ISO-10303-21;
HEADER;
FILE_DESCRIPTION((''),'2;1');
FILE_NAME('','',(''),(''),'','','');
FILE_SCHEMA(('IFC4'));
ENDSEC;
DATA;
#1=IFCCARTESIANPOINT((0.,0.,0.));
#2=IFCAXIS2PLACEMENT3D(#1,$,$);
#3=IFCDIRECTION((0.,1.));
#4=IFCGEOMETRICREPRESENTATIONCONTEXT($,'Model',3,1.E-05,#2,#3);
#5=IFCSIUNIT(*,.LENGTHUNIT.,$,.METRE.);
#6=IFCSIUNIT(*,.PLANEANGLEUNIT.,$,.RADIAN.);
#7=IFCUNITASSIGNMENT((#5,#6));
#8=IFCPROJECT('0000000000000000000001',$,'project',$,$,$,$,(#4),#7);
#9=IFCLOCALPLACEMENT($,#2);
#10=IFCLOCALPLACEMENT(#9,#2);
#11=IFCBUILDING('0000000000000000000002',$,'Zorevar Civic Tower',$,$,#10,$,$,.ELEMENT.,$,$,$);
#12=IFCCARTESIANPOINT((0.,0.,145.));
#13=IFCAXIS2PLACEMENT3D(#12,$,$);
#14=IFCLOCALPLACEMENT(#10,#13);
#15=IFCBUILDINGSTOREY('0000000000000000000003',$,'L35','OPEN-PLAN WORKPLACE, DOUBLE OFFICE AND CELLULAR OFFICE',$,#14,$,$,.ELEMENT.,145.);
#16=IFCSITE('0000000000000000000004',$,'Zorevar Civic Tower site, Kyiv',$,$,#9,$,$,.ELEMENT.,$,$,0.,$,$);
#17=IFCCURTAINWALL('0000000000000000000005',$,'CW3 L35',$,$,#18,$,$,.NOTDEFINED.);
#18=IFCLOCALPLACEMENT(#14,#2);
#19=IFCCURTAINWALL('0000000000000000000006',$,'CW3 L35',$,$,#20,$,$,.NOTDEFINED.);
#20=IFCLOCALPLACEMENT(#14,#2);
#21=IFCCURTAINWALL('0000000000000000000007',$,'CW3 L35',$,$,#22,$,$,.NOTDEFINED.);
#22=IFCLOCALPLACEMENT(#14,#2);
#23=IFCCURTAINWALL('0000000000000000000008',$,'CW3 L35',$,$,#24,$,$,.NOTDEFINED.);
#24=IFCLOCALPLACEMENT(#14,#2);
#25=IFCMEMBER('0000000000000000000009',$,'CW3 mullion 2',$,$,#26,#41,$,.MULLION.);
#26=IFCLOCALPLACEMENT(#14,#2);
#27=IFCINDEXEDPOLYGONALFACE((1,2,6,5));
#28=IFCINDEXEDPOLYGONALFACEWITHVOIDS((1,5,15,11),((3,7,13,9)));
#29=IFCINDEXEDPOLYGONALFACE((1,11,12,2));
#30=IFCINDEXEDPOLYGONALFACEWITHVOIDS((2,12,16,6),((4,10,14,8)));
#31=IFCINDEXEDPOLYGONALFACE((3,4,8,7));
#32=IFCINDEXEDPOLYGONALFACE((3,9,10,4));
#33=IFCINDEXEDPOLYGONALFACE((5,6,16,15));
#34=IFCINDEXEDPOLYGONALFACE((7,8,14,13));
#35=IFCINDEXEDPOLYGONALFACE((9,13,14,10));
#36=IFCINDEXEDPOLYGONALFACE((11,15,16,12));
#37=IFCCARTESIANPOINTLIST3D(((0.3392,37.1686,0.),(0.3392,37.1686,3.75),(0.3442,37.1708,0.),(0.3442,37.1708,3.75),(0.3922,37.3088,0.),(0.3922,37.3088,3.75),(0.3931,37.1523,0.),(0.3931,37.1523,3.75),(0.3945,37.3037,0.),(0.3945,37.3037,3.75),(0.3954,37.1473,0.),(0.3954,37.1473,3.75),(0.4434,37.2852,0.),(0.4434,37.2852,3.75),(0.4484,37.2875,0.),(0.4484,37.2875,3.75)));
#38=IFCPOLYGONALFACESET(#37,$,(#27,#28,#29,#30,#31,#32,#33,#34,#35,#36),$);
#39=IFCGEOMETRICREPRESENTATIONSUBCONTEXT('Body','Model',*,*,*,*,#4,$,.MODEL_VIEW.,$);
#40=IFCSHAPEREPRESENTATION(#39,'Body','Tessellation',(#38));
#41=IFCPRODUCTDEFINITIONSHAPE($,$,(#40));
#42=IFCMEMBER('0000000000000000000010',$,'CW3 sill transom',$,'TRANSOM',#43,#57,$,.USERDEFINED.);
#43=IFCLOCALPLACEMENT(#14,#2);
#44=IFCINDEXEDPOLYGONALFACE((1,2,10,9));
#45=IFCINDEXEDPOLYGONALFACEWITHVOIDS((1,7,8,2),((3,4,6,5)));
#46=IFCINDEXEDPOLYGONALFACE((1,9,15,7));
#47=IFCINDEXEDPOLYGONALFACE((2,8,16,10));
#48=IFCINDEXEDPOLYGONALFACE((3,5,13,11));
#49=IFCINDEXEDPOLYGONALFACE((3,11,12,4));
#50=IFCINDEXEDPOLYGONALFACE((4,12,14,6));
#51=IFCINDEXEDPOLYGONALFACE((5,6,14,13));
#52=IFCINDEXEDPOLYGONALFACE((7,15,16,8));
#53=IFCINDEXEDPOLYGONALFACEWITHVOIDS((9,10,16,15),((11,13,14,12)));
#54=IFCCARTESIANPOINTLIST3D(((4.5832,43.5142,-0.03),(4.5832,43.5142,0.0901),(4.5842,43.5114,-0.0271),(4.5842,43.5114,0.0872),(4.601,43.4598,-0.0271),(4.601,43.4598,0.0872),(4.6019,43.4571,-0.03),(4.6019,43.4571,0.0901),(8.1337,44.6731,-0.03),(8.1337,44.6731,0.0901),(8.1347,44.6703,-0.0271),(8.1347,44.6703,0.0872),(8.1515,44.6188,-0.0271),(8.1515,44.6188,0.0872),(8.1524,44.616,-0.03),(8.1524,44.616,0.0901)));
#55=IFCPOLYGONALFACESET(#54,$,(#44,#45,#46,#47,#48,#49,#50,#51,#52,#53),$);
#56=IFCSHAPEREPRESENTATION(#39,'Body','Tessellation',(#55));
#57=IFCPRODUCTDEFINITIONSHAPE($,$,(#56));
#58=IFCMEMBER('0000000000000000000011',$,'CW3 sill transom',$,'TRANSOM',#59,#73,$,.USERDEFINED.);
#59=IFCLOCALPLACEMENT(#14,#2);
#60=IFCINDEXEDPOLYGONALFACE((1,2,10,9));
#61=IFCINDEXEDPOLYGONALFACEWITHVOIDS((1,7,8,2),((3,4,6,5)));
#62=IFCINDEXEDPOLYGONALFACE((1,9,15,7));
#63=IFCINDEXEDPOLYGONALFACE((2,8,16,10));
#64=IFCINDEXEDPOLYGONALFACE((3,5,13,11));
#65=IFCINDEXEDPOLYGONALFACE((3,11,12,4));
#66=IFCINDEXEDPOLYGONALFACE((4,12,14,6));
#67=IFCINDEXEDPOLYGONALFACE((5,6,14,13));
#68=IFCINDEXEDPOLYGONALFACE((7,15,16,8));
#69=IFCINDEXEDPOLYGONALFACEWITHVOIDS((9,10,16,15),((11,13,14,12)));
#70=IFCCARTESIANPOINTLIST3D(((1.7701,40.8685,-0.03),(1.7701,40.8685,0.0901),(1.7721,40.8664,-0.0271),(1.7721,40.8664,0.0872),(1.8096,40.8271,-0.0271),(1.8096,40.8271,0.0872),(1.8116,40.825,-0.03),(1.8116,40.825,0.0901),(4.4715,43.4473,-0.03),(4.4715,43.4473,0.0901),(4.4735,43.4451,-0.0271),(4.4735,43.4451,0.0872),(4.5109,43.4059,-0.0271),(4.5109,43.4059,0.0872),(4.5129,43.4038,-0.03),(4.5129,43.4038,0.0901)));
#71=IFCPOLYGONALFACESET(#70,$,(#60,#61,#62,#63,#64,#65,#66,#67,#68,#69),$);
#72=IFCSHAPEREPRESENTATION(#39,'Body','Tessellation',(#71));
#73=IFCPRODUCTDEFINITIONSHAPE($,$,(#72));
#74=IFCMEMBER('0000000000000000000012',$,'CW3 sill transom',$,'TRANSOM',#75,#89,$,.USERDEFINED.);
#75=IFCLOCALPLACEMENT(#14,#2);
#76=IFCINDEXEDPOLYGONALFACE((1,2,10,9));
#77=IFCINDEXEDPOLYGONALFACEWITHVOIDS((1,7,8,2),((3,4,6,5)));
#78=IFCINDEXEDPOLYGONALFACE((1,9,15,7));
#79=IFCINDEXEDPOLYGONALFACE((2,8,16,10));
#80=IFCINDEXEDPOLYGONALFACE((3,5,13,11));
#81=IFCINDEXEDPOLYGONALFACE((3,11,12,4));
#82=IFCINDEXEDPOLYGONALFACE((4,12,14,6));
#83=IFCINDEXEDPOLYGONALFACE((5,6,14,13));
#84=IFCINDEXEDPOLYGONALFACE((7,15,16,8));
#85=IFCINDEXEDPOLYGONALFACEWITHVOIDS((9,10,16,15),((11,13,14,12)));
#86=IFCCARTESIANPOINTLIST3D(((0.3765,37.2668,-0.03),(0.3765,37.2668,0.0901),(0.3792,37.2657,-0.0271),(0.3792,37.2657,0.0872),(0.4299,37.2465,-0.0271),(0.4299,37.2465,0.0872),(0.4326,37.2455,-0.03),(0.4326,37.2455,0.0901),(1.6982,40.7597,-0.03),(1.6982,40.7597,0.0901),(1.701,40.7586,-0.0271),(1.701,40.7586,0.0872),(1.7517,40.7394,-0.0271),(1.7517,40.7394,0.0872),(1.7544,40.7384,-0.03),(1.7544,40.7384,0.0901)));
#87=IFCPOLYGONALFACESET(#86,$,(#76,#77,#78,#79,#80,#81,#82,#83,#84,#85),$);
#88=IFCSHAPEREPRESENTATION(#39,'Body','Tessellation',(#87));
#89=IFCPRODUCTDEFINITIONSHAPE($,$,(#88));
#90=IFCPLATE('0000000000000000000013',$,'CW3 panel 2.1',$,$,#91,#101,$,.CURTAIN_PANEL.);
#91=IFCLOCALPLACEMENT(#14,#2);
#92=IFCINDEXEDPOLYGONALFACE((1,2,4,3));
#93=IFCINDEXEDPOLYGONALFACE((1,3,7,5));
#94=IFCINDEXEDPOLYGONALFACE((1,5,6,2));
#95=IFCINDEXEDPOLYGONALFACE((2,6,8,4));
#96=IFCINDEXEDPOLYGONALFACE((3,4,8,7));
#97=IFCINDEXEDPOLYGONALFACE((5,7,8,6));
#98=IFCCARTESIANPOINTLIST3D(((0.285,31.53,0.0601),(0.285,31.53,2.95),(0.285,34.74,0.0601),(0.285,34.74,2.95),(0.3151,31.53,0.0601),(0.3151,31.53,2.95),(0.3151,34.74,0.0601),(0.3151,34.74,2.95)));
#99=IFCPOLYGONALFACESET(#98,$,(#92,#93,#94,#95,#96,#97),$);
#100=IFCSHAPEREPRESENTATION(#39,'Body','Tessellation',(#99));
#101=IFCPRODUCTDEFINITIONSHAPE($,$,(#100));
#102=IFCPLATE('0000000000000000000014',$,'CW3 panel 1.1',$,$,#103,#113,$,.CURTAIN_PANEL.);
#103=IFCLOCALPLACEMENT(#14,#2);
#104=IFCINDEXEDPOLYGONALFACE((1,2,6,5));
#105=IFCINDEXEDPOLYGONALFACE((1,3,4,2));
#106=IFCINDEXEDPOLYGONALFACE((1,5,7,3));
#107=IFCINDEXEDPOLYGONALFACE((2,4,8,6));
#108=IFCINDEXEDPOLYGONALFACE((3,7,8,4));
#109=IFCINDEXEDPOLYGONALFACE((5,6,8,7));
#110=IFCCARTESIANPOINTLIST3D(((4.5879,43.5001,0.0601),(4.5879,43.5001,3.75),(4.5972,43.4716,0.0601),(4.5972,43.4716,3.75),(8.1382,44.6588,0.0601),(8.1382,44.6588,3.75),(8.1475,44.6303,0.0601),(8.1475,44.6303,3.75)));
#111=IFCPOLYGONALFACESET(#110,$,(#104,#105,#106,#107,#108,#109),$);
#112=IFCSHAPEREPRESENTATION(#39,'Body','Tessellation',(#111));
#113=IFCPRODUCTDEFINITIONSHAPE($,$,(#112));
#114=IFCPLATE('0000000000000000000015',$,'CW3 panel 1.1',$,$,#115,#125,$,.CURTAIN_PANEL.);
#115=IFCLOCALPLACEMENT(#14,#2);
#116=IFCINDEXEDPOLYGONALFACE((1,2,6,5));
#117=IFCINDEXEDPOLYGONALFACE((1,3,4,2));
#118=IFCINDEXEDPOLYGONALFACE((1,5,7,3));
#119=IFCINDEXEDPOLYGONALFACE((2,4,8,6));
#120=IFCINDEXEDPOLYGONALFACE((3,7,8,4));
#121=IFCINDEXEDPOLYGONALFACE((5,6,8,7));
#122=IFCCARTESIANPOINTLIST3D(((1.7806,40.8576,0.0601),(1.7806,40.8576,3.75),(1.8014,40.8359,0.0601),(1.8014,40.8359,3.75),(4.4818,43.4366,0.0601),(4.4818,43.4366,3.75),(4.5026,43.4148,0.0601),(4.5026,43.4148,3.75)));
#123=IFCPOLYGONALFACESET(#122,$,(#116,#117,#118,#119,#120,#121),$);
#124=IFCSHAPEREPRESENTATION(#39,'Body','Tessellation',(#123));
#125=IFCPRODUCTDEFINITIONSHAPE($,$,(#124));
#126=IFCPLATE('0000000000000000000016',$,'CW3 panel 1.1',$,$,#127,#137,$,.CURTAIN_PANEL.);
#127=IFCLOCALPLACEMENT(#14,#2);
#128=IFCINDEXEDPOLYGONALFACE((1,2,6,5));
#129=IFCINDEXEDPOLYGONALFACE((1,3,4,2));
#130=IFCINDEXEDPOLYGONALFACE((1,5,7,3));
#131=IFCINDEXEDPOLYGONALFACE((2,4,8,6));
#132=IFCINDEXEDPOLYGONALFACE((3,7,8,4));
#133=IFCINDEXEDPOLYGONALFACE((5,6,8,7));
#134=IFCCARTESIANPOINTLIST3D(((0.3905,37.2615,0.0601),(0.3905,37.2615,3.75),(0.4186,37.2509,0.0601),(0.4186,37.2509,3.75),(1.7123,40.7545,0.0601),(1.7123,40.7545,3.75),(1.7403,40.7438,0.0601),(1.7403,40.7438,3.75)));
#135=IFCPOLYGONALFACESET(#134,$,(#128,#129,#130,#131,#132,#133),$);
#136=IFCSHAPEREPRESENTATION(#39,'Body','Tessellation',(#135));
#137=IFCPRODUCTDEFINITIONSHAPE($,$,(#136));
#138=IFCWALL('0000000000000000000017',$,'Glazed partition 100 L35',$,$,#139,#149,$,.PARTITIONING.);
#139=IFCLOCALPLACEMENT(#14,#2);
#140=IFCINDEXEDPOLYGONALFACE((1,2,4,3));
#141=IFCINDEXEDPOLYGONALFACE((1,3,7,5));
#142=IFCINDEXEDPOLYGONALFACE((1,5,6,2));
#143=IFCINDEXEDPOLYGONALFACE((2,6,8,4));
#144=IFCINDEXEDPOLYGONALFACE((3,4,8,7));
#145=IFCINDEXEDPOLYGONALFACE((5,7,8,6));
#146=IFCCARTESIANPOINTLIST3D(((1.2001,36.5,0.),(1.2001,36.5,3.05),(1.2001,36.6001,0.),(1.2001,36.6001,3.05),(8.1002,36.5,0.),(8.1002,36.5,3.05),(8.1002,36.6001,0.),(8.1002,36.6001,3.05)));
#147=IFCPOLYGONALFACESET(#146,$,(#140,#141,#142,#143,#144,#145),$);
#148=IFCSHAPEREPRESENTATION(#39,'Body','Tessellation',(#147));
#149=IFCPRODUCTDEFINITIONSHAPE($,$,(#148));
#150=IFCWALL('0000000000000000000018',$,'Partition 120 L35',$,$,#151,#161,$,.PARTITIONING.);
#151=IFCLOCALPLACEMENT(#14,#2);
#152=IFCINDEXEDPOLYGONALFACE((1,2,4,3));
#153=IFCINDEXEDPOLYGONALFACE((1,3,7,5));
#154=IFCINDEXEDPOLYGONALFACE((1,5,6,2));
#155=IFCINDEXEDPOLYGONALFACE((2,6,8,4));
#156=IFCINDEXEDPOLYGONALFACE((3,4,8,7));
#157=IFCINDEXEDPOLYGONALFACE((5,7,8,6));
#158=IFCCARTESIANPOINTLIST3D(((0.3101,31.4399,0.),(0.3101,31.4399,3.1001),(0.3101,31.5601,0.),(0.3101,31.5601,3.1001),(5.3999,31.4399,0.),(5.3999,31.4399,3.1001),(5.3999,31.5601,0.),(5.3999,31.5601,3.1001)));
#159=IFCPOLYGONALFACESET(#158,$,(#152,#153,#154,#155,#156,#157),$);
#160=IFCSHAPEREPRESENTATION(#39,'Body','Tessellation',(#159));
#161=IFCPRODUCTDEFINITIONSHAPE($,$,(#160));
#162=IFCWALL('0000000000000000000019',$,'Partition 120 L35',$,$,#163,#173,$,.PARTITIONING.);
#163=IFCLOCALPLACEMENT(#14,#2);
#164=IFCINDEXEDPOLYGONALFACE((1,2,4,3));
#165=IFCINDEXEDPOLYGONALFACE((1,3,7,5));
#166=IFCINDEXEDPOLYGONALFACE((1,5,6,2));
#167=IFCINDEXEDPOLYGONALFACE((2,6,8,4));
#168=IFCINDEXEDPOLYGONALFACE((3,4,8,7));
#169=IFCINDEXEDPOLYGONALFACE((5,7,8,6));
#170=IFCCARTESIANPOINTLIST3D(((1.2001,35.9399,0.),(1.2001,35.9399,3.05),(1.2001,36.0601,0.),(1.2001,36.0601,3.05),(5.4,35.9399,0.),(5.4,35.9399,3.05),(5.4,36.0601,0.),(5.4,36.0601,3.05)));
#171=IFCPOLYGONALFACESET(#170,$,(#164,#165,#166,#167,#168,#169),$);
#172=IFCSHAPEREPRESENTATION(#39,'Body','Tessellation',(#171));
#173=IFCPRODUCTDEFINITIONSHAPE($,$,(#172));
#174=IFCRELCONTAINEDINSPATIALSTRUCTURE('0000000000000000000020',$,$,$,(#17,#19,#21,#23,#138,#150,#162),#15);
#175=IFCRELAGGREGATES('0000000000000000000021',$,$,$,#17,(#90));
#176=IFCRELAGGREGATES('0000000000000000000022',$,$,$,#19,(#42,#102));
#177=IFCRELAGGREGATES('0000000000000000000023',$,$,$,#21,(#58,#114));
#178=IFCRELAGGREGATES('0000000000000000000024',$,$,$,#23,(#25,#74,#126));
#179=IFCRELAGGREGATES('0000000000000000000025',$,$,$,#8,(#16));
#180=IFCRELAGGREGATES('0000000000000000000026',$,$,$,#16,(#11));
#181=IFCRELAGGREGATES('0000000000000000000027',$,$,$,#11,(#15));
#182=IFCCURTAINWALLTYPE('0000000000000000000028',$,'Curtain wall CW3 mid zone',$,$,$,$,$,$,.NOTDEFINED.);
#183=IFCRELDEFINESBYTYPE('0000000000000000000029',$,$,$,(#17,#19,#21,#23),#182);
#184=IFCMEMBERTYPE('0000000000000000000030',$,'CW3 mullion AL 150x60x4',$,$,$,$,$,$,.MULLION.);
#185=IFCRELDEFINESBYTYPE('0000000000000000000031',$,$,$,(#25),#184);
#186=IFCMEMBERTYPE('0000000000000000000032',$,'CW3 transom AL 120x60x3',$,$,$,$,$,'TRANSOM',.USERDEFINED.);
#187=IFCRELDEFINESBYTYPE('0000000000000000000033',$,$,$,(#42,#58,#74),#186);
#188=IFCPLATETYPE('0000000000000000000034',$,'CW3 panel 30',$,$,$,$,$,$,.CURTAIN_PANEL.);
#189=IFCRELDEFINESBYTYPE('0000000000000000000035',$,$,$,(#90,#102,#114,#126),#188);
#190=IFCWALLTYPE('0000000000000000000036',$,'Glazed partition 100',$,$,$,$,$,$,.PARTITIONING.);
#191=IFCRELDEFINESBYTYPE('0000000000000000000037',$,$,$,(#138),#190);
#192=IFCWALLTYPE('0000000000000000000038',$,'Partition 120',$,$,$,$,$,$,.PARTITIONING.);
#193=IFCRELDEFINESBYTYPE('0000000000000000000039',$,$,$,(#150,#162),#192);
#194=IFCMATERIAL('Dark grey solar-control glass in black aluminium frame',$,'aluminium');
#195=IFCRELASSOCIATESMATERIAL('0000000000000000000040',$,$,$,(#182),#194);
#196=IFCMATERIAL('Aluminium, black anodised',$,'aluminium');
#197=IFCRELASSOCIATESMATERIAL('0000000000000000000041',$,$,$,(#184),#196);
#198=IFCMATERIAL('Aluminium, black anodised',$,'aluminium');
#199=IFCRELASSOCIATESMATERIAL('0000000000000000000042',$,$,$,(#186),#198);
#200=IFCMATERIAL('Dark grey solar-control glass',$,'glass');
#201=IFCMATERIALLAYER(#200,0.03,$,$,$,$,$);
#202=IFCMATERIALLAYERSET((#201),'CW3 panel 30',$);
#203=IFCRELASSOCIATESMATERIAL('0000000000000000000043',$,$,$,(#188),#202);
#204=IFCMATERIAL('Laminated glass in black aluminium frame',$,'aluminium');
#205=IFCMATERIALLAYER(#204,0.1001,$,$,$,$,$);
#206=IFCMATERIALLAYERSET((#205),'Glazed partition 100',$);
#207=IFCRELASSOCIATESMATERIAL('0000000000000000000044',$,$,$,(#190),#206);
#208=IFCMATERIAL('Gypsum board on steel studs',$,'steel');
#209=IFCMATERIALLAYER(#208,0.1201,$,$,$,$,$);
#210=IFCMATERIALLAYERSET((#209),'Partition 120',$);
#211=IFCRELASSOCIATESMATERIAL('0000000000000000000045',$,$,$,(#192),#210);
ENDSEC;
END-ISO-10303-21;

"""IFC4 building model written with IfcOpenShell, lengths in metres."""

from ifc_helpers import new_model, si_unit, direction, frame, frame_2d, origin, origin_2d, place, context, subcontext, project, spatial, rectangle, hollow_rectangle, extrude, material, layer, layer_set, material_profile, profile_set, type_object, element, aggregate, save


model = new_model("IFC4")

# Units and contexts
model_context = context("Model", 3, precision=1e-05, world=origin(), true_north=direction((0.0, 1.0)))
body_context = subcontext(model_context, "Body", "Model", "MODEL_VIEW")
ifc_project = project(units=[si_unit("LENGTHUNIT", "METRE"), si_unit("PLANEANGLEUNIT", "RADIAN")], contexts=[model_context])

# Site, building, storey
site_placement = place(None, origin())
site = spatial("IfcSite", under=ifc_project, at=site_placement, Name="Zorevar Civic Tower site, Kyiv", CompositionType="ELEMENT", RefElevation=0.0)
building_placement = place(site_placement, origin())
building = spatial("IfcBuilding", under=site, at=building_placement, Name="Zorevar Civic Tower", CompositionType="ELEMENT")
storey_placement = place(building_placement, frame((0.0, 0.0, 145.0)))
storey = spatial("IfcBuildingStorey", under=building, at=storey_placement, Name="L35", Description="OPEN-PLAN WORKPLACE, DOUBLE OFFICE AND CELLULAR OFFICE", CompositionType="ELEMENT", Elevation=145.0)

# Curtain wall
ifc_material_1 = material(Name="Dark grey solar-control glass in black aluminium frame", Category="aluminium")
curtain_wall_type = type_object("IfcCurtainWallType", Name="Curtain wall CW3 mid zone", PredefinedType="NOTDEFINED", material=ifc_material_1)
curtain_wall_1_placement = place(storey_placement, origin())
curtain_wall_1 = element("IfcCurtainWall", 1, at=curtain_wall_1_placement, inside=storey, type_object=curtain_wall_type, Name="CW3 L35", PredefinedType="NOTDEFINED")
ifc_material_2 = material(Name="Aluminium, black anodised", Category="aluminium")
ifc_material_profile_1 = material_profile(ifc_material_2, hollow_rectangle(XDim=0.0601, YDim=0.1499, WallThickness=0.0039, at=origin_2d()), Name="AL 150x60x4")
ifc_profile_set_1 = profile_set([ifc_material_profile_1], Name="Aluminium, black anodised")
member_type_1 = type_object("IfcMemberType", Name="CW3 mullion AL 150x60x4", PredefinedType="MULLION", material=ifc_profile_set_1)

# Curtain walls, member
curtain_wall_2_placement = place(storey_placement, origin())
curtain_wall_2 = element("IfcCurtainWall", 2, at=curtain_wall_2_placement, inside=storey, type_object=curtain_wall_type, Name="CW3 L35", PredefinedType="NOTDEFINED")
curtain_wall_3_placement = place(storey_placement, origin())
curtain_wall_3 = element("IfcCurtainWall", 3, at=curtain_wall_3_placement, inside=storey, type_object=curtain_wall_type, Name="CW3 L35", PredefinedType="NOTDEFINED")
curtain_wall_4_placement = place(storey_placement, origin())
curtain_wall_4 = element("IfcCurtainWall", 4, at=curtain_wall_4_placement, inside=storey, type_object=curtain_wall_type, Name="CW3 L35", PredefinedType="NOTDEFINED")
member_1_placement = place(storey_placement, frame((0.3938, 37.228, 0.0), z_axis=(0.0, 0.0, 1.0), x_axis=(0.935277, -0.353918, 0.0)))
member_1 = element("IfcMember", 5, at=member_1_placement, type_object=member_type_1, Name="CW3 mullion 2", PredefinedType="MULLION", context=body_context, shape_type="SweptSolid", body=[
    extrude(hollow_rectangle(XDim=0.0601, YDim=0.1499, WallThickness=0.0039, at=origin_2d()), origin(), (0.0, 0.0, 1.0), 3.75),
])

# Members
ifc_material_3 = material(Name="Aluminium, black anodised", Category="aluminium")
ifc_material_profile_2 = material_profile(ifc_material_3, hollow_rectangle(XDim=0.0601, YDim=0.1201, WallThickness=0.0029, at=origin_2d()), Name="AL 120x60x3")
ifc_profile_set_2 = profile_set([ifc_material_profile_2], Name="Aluminium, black anodised")
member_type_2 = type_object("IfcMemberType", Name="CW3 transom AL 120x60x3", ElementType="TRANSOM", PredefinedType="USERDEFINED", material=ifc_profile_set_2)
member_2_placement = place(storey_placement, frame((8.1431, 44.6445, 0.03), z_axis=(-0.950639, -0.310299, 0.0), x_axis=(0.310299, -0.950639, 0.0)))
member_2 = element("IfcMember", 6, at=member_2_placement, type_object=member_type_2, Name="CW3 sill transom", ObjectType="TRANSOM", PredefinedType="USERDEFINED", context=body_context, shape_type="SweptSolid", body=[
    extrude(hollow_rectangle(XDim=0.0601, YDim=0.1201, WallThickness=0.0029, at=origin_2d()), origin(), (0.0, 0.0, 1.0), 3.7349),
])
member_3_placement = place(storey_placement, frame((4.4922, 43.4255, 0.03), z_axis=(-0.723324, -0.690508, 0.0), x_axis=(0.690508, -0.723324, 0.0)))
member_3 = element("IfcMember", 7, at=member_3_placement, type_object=member_type_2, Name="CW3 sill transom", ObjectType="TRANSOM", PredefinedType="USERDEFINED", context=body_context, shape_type="SweptSolid", body=[
    extrude(hollow_rectangle(XDim=0.0601, YDim=0.1201, WallThickness=0.0029, at=origin_2d()), origin(), (0.0, 0.0, 1.0), 3.7346),
])
member_4_placement = place(storey_placement, frame((1.7263, 40.749, 0.03), z_axis=(-0.353923, -0.935275, 0.0), x_axis=(0.935275, -0.353923, 0.0)))
member_4 = element("IfcMember", 8, at=member_4_placement, type_object=member_type_2, Name="CW3 sill transom", ObjectType="TRANSOM", PredefinedType="USERDEFINED", context=body_context, shape_type="SweptSolid", body=[
    extrude(hollow_rectangle(XDim=0.0601, YDim=0.1201, WallThickness=0.0029, at=origin_2d()), origin(), (0.0, 0.0, 1.0), 3.7346),
])

# Plates
ifc_material_4 = material(Name="Dark grey solar-control glass", Category="glass")
ifc_layer_1 = layer(ifc_material_4, 0.03)
ifc_layer_set_1 = layer_set([ifc_layer_1], Name="CW3 panel 30")
plate_type = type_object("IfcPlateType", Name="CW3 panel 30", PredefinedType="CURTAIN_PANEL", material=ifc_layer_set_1)
plate_1_placement = place(storey_placement, frame((0.3, 33.135, 0.0601), z_axis=(0.0, 0.0, 1.0), x_axis=(0.0, 1.0, 0.0)))
plate_1 = element("IfcPlate", 9, at=plate_1_placement, type_object=plate_type, Name="CW3 panel 2.1", PredefinedType="CURTAIN_PANEL", context=body_context, shape_type="SweptSolid", body=[
    extrude(rectangle(XDim=3.21, YDim=0.03, at=origin_2d()), origin(), (0.0, 0.0, 1.0), 2.8899),
])
aggregate(curtain_wall_1, [plate_1])
plate_2_placement = place(storey_placement, frame((6.3677, 44.0652, 0.0601), z_axis=(0.0, 0.0, 1.0), x_axis=(-0.950651, -0.310263, 0.0)))
plate_2 = element("IfcPlate", 10, at=plate_2_placement, type_object=plate_type, Name="CW3 panel 1.1", PredefinedType="CURTAIN_PANEL", context=body_context, shape_type="SweptSolid", body=[
    extrude(rectangle(XDim=3.7346, YDim=0.03, at=origin_2d()), origin(), (0.0, 0.0, 1.0), 3.6899),
])
aggregate(curtain_wall_2, [member_2, plate_2])
plate_3_placement = place(storey_placement, frame((3.1416, 42.1362, 0.0601), z_axis=(0.0, 0.0, 1.0), x_axis=(-0.723289, -0.690545, 0.0)))
plate_3 = element("IfcPlate", 11, at=plate_3_placement, type_object=plate_type, Name="CW3 panel 1.1", PredefinedType="CURTAIN_PANEL", context=body_context, shape_type="SweptSolid", body=[
    extrude(rectangle(XDim=3.7346, YDim=0.03, at=origin_2d()), origin(), (0.0, 0.0, 1.0), 3.6899),
])
aggregate(curtain_wall_3, [member_3, plate_3])
plate_4_placement = place(storey_placement, frame((1.0654, 39.0027, 0.0601), z_axis=(0.0, 0.0, 1.0), x_axis=(-0.353918, -0.935277, 0.0)))
plate_4 = element("IfcPlate", 12, at=plate_4_placement, type_object=plate_type, Name="CW3 panel 1.1", PredefinedType="CURTAIN_PANEL", context=body_context, shape_type="SweptSolid", body=[
    extrude(rectangle(XDim=3.7346, YDim=0.03, at=origin_2d()), origin(), (0.0, 0.0, 1.0), 3.6899),
])
aggregate(curtain_wall_4, [member_1, member_4, plate_4])

# Walls
ifc_material_5 = material(Name="Laminated glass in black aluminium frame", Category="aluminium")
ifc_layer_2 = layer(ifc_material_5, 0.1001)
ifc_layer_set_2 = layer_set([ifc_layer_2], Name="Glazed partition 100")
wall_type_1 = type_object("IfcWallType", Name="Glazed partition 100", PredefinedType="PARTITIONING", material=ifc_layer_set_2)
wall_1_placement = place(storey_placement, frame((1.2, 36.55, 0.0), z_axis=(0.0, 0.0, 1.0), x_axis=(1.0, 0.0, 0.0)))
element("IfcWall", 13, at=wall_1_placement, inside=storey, type_object=wall_type_1, Name="Glazed partition 100 L35", PredefinedType="PARTITIONING", context=body_context, shape_type="SweptSolid", body=[
    extrude(rectangle(XDim=6.9001, YDim=0.1001, at=frame_2d((3.4502, 0.0))), origin(), (0.0, 0.0, 1.0), 3.05),
])
ifc_material_6 = material(Name="Gypsum board on steel studs", Category="steel")
ifc_layer_3 = layer(ifc_material_6, 0.1201)
ifc_layer_set_3 = layer_set([ifc_layer_3], Name="Partition 120")
wall_type_2 = type_object("IfcWallType", Name="Partition 120", PredefinedType="PARTITIONING", material=ifc_layer_set_3)
wall_2_placement = place(storey_placement, frame((0.3101, 31.5, 0.0), z_axis=(0.0, 0.0, 1.0), x_axis=(1.0, 0.0, 0.0)))
element("IfcWall", 14, at=wall_2_placement, inside=storey, type_object=wall_type_2, Name="Partition 120 L35", PredefinedType="PARTITIONING", context=body_context, shape_type="SweptSolid", body=[
    extrude(rectangle(XDim=5.0898, YDim=0.1201, at=frame_2d((2.5449, 0.0))), origin(), (0.0, 0.0, 1.0), 3.1001),
])
wall_3_placement = place(storey_placement, frame((1.2, 36.0, 0.0), z_axis=(0.0, 0.0, 1.0), x_axis=(1.0, 0.0, 0.0)))
element("IfcWall", 15, at=wall_3_placement, inside=storey, type_object=wall_type_2, Name="Partition 120 L35", PredefinedType="PARTITIONING", context=body_context, shape_type="SweptSolid", body=[
    extrude(rectangle(XDim=4.2, YDim=0.1201, at=frame_2d((2.1001, 0.0))), origin(), (0.0, 0.0, 1.0), 3.05),
])

save(model, "model.ifc")
